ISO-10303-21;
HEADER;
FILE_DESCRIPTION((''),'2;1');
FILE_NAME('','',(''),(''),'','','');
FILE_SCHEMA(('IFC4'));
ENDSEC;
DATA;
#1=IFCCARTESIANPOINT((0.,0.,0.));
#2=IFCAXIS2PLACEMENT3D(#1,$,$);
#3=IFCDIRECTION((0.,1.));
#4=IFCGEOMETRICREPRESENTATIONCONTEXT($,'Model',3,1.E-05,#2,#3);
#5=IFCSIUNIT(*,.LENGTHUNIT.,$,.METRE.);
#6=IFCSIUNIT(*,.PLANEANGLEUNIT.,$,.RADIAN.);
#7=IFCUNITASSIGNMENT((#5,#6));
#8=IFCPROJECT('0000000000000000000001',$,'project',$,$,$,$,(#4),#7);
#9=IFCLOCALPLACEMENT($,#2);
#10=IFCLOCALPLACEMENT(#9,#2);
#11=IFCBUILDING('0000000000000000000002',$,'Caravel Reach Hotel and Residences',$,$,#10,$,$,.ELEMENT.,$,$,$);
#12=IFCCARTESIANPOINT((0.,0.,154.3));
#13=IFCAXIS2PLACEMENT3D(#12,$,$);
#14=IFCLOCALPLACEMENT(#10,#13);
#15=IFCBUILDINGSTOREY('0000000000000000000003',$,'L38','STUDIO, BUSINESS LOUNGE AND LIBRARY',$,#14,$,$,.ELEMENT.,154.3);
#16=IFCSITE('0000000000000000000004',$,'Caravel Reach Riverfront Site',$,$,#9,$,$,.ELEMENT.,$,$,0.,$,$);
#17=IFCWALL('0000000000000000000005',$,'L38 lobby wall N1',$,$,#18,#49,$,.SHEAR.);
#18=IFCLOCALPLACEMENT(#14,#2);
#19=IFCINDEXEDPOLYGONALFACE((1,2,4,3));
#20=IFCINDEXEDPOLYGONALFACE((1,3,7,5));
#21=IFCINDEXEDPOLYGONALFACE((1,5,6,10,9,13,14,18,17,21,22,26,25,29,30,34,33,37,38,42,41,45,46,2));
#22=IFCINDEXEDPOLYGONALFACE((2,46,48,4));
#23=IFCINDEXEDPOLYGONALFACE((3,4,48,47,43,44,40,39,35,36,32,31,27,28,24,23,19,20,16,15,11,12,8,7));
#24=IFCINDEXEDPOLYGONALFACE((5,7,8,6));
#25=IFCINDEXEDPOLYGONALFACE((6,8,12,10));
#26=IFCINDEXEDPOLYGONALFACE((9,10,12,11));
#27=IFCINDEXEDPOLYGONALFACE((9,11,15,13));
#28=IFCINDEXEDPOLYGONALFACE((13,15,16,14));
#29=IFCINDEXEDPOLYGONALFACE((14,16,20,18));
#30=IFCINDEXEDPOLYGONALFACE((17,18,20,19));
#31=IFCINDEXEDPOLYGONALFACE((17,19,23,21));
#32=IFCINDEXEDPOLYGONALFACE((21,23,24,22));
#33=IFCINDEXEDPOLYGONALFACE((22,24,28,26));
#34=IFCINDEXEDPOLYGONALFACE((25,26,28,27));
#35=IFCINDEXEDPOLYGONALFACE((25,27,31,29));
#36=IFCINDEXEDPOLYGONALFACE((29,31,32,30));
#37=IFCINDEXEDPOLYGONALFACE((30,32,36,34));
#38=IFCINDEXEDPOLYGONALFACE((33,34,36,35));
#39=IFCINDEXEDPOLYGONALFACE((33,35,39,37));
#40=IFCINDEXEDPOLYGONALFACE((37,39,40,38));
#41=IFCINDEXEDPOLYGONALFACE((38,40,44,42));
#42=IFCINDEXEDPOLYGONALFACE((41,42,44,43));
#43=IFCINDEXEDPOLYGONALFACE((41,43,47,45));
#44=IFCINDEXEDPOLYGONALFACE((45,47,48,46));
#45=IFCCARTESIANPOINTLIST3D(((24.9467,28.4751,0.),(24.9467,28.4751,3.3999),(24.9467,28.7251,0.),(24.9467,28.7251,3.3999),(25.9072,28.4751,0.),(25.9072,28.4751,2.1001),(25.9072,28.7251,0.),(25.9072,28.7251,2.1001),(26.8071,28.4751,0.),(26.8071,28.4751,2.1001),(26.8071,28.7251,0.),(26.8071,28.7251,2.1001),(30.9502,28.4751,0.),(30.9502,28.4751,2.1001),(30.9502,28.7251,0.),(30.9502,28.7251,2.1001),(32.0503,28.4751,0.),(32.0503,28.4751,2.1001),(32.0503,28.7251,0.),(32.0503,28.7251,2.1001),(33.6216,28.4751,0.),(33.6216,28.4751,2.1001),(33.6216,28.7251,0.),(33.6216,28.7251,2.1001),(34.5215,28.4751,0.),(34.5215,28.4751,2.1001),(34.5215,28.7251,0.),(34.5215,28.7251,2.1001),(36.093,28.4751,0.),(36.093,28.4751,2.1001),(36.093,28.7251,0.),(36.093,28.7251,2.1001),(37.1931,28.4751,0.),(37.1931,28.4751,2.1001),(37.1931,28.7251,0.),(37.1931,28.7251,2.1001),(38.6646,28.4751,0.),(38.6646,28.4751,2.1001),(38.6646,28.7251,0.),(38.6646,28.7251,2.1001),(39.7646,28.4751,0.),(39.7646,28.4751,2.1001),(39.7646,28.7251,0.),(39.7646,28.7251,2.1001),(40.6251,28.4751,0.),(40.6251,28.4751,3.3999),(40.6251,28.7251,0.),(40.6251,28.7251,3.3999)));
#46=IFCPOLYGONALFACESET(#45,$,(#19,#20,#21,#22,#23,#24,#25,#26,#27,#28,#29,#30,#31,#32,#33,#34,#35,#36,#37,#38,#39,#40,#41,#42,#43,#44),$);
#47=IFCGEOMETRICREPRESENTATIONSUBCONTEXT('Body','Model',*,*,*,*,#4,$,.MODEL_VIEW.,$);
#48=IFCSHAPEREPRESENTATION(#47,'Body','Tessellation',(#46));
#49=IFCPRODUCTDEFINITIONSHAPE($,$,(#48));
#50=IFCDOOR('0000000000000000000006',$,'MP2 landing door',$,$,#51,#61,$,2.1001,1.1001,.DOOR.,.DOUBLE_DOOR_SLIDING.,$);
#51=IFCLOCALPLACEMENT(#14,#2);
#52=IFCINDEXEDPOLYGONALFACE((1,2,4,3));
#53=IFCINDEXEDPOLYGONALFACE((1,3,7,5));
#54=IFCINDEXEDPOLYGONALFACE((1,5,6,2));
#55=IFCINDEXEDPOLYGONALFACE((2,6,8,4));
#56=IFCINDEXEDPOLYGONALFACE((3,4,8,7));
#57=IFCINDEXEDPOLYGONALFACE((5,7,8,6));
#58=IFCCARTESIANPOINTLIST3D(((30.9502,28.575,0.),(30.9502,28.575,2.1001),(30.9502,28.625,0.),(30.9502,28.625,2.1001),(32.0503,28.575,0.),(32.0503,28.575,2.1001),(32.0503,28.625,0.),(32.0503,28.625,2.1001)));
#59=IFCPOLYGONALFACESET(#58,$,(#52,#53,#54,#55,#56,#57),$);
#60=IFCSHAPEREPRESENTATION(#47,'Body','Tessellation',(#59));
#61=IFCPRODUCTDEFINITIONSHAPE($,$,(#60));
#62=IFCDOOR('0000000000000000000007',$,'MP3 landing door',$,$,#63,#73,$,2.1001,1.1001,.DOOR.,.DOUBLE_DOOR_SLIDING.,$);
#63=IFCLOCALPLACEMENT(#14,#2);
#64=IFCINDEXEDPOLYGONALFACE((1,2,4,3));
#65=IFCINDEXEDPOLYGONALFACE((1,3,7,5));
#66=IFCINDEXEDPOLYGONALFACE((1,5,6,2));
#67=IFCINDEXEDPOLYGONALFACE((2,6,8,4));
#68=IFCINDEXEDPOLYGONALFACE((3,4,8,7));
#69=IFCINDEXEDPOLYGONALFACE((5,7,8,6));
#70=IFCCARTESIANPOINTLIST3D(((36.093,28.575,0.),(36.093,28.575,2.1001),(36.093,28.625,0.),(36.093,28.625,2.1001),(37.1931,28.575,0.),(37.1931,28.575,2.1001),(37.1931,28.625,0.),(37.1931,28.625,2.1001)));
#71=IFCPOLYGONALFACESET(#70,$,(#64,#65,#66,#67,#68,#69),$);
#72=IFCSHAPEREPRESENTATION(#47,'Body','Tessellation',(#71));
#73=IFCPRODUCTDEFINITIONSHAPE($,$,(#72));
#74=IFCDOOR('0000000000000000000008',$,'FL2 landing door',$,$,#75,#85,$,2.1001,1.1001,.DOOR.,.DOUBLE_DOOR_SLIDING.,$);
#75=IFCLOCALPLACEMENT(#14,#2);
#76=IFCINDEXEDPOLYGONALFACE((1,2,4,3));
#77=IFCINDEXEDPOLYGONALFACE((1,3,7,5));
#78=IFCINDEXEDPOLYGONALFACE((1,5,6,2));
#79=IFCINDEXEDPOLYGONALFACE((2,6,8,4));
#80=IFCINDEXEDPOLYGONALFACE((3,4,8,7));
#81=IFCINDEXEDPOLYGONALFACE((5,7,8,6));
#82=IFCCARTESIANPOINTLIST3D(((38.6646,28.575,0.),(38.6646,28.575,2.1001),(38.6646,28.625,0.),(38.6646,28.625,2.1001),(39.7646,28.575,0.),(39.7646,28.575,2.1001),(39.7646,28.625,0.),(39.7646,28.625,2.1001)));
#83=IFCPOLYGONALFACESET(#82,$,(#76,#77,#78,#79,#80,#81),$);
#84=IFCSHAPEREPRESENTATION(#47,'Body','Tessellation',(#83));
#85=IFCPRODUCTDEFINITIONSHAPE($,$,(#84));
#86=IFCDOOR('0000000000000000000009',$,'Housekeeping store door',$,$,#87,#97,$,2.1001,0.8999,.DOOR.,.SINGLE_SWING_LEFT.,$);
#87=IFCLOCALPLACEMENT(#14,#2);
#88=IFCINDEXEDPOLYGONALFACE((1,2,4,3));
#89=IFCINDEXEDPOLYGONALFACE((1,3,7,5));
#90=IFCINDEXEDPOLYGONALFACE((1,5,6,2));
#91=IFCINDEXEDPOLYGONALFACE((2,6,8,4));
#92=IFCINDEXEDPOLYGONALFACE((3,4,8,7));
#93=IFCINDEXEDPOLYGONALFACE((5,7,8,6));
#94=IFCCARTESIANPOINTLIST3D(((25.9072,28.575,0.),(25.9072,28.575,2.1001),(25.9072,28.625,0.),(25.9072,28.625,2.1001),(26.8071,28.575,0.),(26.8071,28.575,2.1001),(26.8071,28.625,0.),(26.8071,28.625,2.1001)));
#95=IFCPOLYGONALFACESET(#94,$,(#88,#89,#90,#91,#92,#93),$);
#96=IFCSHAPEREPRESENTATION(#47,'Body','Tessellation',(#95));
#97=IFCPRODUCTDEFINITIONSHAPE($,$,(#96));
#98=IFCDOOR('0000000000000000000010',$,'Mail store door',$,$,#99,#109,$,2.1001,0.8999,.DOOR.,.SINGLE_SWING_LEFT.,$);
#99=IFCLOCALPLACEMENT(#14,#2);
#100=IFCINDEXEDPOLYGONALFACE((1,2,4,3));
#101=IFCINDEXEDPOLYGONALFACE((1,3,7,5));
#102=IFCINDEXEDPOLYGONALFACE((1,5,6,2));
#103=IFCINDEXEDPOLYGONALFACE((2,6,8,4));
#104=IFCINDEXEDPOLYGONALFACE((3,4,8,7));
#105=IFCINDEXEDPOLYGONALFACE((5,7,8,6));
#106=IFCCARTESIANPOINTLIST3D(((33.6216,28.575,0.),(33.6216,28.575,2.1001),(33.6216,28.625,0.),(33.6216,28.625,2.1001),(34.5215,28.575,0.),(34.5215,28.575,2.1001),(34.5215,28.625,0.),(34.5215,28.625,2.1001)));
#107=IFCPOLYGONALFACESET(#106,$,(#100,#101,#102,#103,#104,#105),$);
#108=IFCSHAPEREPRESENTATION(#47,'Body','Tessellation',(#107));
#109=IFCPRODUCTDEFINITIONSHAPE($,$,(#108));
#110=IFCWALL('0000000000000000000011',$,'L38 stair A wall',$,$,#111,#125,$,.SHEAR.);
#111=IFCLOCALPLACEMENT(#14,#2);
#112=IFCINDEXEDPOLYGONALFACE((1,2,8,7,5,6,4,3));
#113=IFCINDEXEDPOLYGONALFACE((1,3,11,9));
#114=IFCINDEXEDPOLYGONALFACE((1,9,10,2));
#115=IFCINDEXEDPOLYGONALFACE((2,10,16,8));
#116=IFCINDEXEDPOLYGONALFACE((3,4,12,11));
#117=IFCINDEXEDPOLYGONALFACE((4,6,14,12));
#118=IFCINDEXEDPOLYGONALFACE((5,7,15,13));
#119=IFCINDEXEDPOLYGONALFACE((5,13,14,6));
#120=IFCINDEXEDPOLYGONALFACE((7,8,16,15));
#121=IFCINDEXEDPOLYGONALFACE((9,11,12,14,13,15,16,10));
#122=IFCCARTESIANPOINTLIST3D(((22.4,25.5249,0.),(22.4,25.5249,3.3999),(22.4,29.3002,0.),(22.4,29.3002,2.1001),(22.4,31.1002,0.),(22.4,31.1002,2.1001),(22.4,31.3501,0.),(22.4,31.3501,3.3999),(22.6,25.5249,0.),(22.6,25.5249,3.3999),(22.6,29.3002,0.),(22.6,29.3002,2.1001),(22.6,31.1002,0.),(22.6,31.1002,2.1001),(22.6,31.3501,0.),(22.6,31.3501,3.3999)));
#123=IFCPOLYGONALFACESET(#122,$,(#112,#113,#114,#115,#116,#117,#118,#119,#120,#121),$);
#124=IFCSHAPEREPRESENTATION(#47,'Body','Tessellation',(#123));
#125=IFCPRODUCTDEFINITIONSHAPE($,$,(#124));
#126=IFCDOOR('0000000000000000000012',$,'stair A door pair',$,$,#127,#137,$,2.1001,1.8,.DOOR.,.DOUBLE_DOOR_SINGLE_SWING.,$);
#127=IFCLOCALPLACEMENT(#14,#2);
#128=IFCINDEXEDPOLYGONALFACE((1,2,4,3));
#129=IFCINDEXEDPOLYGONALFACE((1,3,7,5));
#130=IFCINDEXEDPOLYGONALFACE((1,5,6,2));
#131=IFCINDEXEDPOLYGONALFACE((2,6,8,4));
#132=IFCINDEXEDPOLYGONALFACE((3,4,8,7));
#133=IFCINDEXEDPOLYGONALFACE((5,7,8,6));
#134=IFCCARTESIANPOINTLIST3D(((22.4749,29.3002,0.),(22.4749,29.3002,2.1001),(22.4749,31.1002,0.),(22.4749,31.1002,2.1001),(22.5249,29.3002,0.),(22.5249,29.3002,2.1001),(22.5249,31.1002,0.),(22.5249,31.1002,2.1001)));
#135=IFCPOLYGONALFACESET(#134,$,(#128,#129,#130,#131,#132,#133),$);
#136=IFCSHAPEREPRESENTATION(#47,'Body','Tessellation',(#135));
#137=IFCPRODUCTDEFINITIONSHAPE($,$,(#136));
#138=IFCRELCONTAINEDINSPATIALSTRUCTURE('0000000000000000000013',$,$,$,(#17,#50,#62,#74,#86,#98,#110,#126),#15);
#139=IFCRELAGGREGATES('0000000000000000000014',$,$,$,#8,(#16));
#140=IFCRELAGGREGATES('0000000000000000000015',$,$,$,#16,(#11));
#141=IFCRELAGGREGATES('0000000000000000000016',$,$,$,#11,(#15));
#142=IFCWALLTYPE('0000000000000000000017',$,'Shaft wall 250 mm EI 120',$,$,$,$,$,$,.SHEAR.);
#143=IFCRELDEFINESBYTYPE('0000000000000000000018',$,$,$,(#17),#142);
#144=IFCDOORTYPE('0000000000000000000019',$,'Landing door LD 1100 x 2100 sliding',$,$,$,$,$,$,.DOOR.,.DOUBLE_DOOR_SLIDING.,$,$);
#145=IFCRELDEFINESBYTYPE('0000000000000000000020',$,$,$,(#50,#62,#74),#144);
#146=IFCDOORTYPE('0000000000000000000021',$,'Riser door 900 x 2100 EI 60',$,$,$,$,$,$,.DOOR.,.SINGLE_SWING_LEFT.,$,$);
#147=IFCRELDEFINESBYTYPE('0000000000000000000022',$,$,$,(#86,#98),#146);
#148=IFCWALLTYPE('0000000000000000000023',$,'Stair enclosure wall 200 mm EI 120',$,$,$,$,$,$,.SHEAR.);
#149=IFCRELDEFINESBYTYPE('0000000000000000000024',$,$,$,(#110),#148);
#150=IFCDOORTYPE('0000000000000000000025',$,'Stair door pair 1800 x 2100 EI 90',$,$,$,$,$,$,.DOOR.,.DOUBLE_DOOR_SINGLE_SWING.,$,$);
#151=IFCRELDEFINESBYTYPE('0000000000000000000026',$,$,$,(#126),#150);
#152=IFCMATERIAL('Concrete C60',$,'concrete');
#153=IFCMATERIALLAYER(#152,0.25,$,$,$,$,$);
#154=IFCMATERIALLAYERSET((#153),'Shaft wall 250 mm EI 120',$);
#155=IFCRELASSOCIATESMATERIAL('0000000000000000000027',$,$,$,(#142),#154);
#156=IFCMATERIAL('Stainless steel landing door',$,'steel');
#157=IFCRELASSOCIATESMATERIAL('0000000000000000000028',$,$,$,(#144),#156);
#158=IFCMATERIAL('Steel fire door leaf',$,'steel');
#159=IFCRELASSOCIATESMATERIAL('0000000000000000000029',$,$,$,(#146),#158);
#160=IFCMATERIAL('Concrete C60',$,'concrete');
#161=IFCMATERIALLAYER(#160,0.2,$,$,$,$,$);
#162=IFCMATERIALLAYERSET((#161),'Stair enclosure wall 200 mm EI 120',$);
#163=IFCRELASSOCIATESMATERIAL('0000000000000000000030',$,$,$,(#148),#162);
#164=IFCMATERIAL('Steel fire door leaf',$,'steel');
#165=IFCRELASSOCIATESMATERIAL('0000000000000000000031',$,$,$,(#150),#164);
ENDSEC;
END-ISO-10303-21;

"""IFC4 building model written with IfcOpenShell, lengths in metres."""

from ifc_helpers import new_model, si_unit, direction, frame, frame_2d, origin, place, context, subcontext, project, spatial, rectangle, extrude, material, layer, layer_set, type_object, element, fill, save


model = new_model("IFC4")

# Units and contexts
model_context = context("Model", 3, precision=1e-05, world=origin(), true_north=direction((0.0, 1.0)))
body_context = subcontext(model_context, "Body", "Model", "MODEL_VIEW")
ifc_project = project(units=[si_unit("LENGTHUNIT", "METRE"), si_unit("PLANEANGLEUNIT", "RADIAN")], contexts=[model_context])

# Site, building, storey
site_placement = place(None, origin())
site = spatial("IfcSite", under=ifc_project, at=site_placement, Name="Caravel Reach Riverfront Site", CompositionType="ELEMENT", RefElevation=0.0)
building_placement = place(site_placement, origin())
building = spatial("IfcBuilding", under=site, at=building_placement, Name="Caravel Reach Hotel and Residences", CompositionType="ELEMENT")
storey_placement = place(building_placement, frame((0.0, 0.0, 154.3)))
storey = spatial("IfcBuildingStorey", under=building, at=storey_placement, Name="L38", Description="STUDIO, BUSINESS LOUNGE AND LIBRARY", CompositionType="ELEMENT", Elevation=154.3)

# Wall, openings, doors
ifc_material_1 = material(Name="Concrete C60", Category="concrete")
ifc_layer_1 = layer(ifc_material_1, 0.25)
ifc_layer_set_1 = layer_set([ifc_layer_1], Name="Shaft wall 250 mm EI 120")
wall_type_1 = type_object("IfcWallType", Name="Shaft wall 250 mm EI 120", PredefinedType="SHEAR", material=ifc_layer_set_1)
ifc_material_2 = material(Name="Stainless steel landing door", Category="steel")
door_type_1 = type_object("IfcDoorType", Name="Landing door LD 1100 x 2100 sliding", OperationType="DOUBLE_DOOR_SLIDING", PredefinedType="DOOR", material=ifc_material_2)
ifc_material_3 = material(Name="Steel fire door leaf", Category="steel")
door_type_2 = type_object("IfcDoorType", Name="Riser door 900 x 2100 EI 60", OperationType="SINGLE_SWING_LEFT", PredefinedType="DOOR", material=ifc_material_3)
wall_1_placement = place(storey_placement, frame((24.9465, 28.6001, 0.0), z_axis=(0.0, 0.0, 1.0), x_axis=(1.0, 0.0, 0.0)))
wall_1 = element("IfcWall", 1, at=wall_1_placement, inside=storey, type_object=wall_type_1, Name="L38 lobby wall N1", PredefinedType="SHEAR", context=body_context, shape_type="SweptSolid", body=[
    extrude(rectangle(XDim=15.6785, YDim=0.25, at=frame_2d((7.8394, 0.0))), origin(), (0.0, 0.0, 1.0), 3.3999),
])
opening_1_placement = place(wall_1_placement, frame((6.0037, 0.0, 0.0)))
opening_1 = element("IfcOpeningElement", 2, at=opening_1_placement, cuts=wall_1, PredefinedType="OPENING", context=body_context, shape_type="SweptSolid", body=[
    extrude(rectangle(XDim=1.1001, YDim=2.1001, at=frame_2d((0.55, 1.05))), frame((0.0, 0.135, 0.0), z_axis=(0.0, -1.0, 0.0), x_axis=(1.0, 0.0, 0.0)), (0.0, 0.0, 1.0), 0.27),
])
opening_2_placement = place(wall_1_placement, frame((11.1465, 0.0, 0.0)))
opening_2 = element("IfcOpeningElement", 3, at=opening_2_placement, cuts=wall_1, PredefinedType="OPENING", context=body_context, shape_type="SweptSolid", body=[
    extrude(rectangle(XDim=1.1001, YDim=2.1001, at=frame_2d((0.55, 1.05))), frame((0.0, 0.135, 0.0), z_axis=(0.0, -1.0, 0.0), x_axis=(1.0, 0.0, 0.0)), (0.0, 0.0, 1.0), 0.27),
])
opening_3_placement = place(wall_1_placement, frame((13.718, 0.0, 0.0)))
opening_3 = element("IfcOpeningElement", 4, at=opening_3_placement, cuts=wall_1, PredefinedType="OPENING", context=body_context, shape_type="SweptSolid", body=[
    extrude(rectangle(XDim=1.1001, YDim=2.1001, at=frame_2d((0.55, 1.05))), frame((0.0, 0.135, 0.0), z_axis=(0.0, -1.0, 0.0), x_axis=(1.0, 0.0, 0.0)), (0.0, 0.0, 1.0), 0.27),
])
opening_4_placement = place(wall_1_placement, frame((0.9607, 0.0, 0.0)))
opening_4 = element("IfcOpeningElement", 5, at=opening_4_placement, cuts=wall_1, PredefinedType="OPENING", context=body_context, shape_type="SweptSolid", body=[
    extrude(rectangle(XDim=0.8999, YDim=2.1001, at=frame_2d((0.45, 1.05))), frame((0.0, 0.135, 0.0), z_axis=(0.0, -1.0, 0.0), x_axis=(1.0, 0.0, 0.0)), (0.0, 0.0, 1.0), 0.27),
])
opening_5_placement = place(wall_1_placement, frame((8.675, 0.0, 0.0)))
opening_5 = element("IfcOpeningElement", 6, at=opening_5_placement, cuts=wall_1, PredefinedType="OPENING", context=body_context, shape_type="SweptSolid", body=[
    extrude(rectangle(XDim=0.8999, YDim=2.1001, at=frame_2d((0.45, 1.05))), frame((0.0, 0.135, 0.0), z_axis=(0.0, -1.0, 0.0), x_axis=(1.0, 0.0, 0.0)), (0.0, 0.0, 1.0), 0.27),
])
door_1_placement = place(opening_1_placement, origin())
door_1 = element("IfcDoor", 7, at=door_1_placement, inside=storey, type_object=door_type_1, Name="MP2 landing door", OperationType="DOUBLE_DOOR_SLIDING", OverallHeight=2.1001, OverallWidth=1.1001, PredefinedType="DOOR", context=body_context, shape_type="SweptSolid", body=[
    extrude(rectangle(XDim=1.1001, YDim=2.1001, at=frame_2d((0.55, 1.05))), frame((0.0, 0.0249, 0.0), z_axis=(0.0, -1.0, 0.0), x_axis=(1.0, 0.0, 0.0)), (0.0, 0.0, 1.0), 0.05),
])
fill(opening_1, door_1)
door_2_placement = place(opening_2_placement, origin())
door_2 = element("IfcDoor", 8, at=door_2_placement, inside=storey, type_object=door_type_1, Name="MP3 landing door", OperationType="DOUBLE_DOOR_SLIDING", OverallHeight=2.1001, OverallWidth=1.1001, PredefinedType="DOOR", context=body_context, shape_type="SweptSolid", body=[
    extrude(rectangle(XDim=1.1001, YDim=2.1001, at=frame_2d((0.55, 1.05))), frame((0.0, 0.0249, 0.0), z_axis=(0.0, -1.0, 0.0), x_axis=(1.0, 0.0, 0.0)), (0.0, 0.0, 1.0), 0.05),
])
fill(opening_2, door_2)
door_3_placement = place(opening_3_placement, origin())
door_3 = element("IfcDoor", 9, at=door_3_placement, inside=storey, type_object=door_type_1, Name="FL2 landing door", OperationType="DOUBLE_DOOR_SLIDING", OverallHeight=2.1001, OverallWidth=1.1001, PredefinedType="DOOR", context=body_context, shape_type="SweptSolid", body=[
    extrude(rectangle(XDim=1.1001, YDim=2.1001, at=frame_2d((0.55, 1.05))), frame((0.0, 0.0249, 0.0), z_axis=(0.0, -1.0, 0.0), x_axis=(1.0, 0.0, 0.0)), (0.0, 0.0, 1.0), 0.05),
])
fill(opening_3, door_3)
door_4_placement = place(opening_4_placement, origin())
door_4 = element("IfcDoor", 10, at=door_4_placement, inside=storey, type_object=door_type_2, Name="Housekeeping store door", OperationType="SINGLE_SWING_LEFT", OverallHeight=2.1001, OverallWidth=0.8999, PredefinedType="DOOR", context=body_context, shape_type="SweptSolid", body=[
    extrude(rectangle(XDim=0.8999, YDim=2.1001, at=frame_2d((0.45, 1.05))), frame((0.0, 0.0249, 0.0), z_axis=(0.0, -1.0, 0.0), x_axis=(1.0, 0.0, 0.0)), (0.0, 0.0, 1.0), 0.05),
])
fill(opening_4, door_4)
door_5_placement = place(opening_5_placement, origin())
door_5 = element("IfcDoor", 11, at=door_5_placement, inside=storey, type_object=door_type_2, Name="Mail store door", OperationType="SINGLE_SWING_LEFT", OverallHeight=2.1001, OverallWidth=0.8999, PredefinedType="DOOR", context=body_context, shape_type="SweptSolid", body=[
    extrude(rectangle(XDim=0.8999, YDim=2.1001, at=frame_2d((0.45, 1.05))), frame((0.0, 0.0249, 0.0), z_axis=(0.0, -1.0, 0.0), x_axis=(1.0, 0.0, 0.0)), (0.0, 0.0, 1.0), 0.05),
])
fill(opening_5, door_5)

# Wall, opening, door
ifc_material_4 = material(Name="Concrete C60", Category="concrete")
ifc_layer_2 = layer(ifc_material_4, 0.2)
ifc_layer_set_2 = layer_set([ifc_layer_2], Name="Stair enclosure wall 200 mm EI 120")
wall_type_2 = type_object("IfcWallType", Name="Stair enclosure wall 200 mm EI 120", PredefinedType="SHEAR", material=ifc_layer_set_2)
wall_2_placement = place(storey_placement, frame((22.5, 31.3501, 0.0), z_axis=(0.0, 0.0, 1.0), x_axis=(0.0, -1.0, 0.0)))
wall_2 = element("IfcWall", 12, at=wall_2_placement, inside=storey, type_object=wall_type_2, Name="L38 stair A wall", PredefinedType="SHEAR", context=body_context, shape_type="SweptSolid", body=[
    extrude(rectangle(XDim=5.8252, YDim=0.2, at=frame_2d((2.9126, 0.0))), origin(), (0.0, 0.0, 1.0), 3.3999),
])
opening_6_placement = place(wall_2_placement, frame((0.25, 0.0, 0.0)))
opening_6 = element("IfcOpeningElement", 13, at=opening_6_placement, cuts=wall_2, PredefinedType="OPENING", context=body_context, shape_type="SweptSolid", body=[
    extrude(rectangle(XDim=1.8, YDim=2.1001, at=frame_2d((0.8999, 1.05))), frame((0.0, 0.1099, 0.0), z_axis=(0.0, -1.0, 0.0), x_axis=(1.0, 0.0, 0.0)), (0.0, 0.0, 1.0), 0.22),
])
ifc_material_5 = material(Name="Steel fire door leaf", Category="steel")
door_type_3 = type_object("IfcDoorType", Name="Stair door pair 1800 x 2100 EI 90", OperationType="DOUBLE_DOOR_SINGLE_SWING", PredefinedType="DOOR", material=ifc_material_5)
door_6_placement = place(opening_6_placement, origin())
door_6 = element("IfcDoor", 14, at=door_6_placement, inside=storey, type_object=door_type_3, Name="stair A door pair", OperationType="DOUBLE_DOOR_SINGLE_SWING", OverallHeight=2.1001, OverallWidth=1.8, PredefinedType="DOOR", context=body_context, shape_type="SweptSolid", body=[
    extrude(rectangle(XDim=1.8, YDim=2.1001, at=frame_2d((0.8999, 1.05))), frame((0.0, 0.0249, 0.0), z_axis=(0.0, -1.0, 0.0), x_axis=(1.0, 0.0, 0.0)), (0.0, 0.0, 1.0), 0.05),
])
fill(opening_6, door_6)

save(model, "model.ifc")
